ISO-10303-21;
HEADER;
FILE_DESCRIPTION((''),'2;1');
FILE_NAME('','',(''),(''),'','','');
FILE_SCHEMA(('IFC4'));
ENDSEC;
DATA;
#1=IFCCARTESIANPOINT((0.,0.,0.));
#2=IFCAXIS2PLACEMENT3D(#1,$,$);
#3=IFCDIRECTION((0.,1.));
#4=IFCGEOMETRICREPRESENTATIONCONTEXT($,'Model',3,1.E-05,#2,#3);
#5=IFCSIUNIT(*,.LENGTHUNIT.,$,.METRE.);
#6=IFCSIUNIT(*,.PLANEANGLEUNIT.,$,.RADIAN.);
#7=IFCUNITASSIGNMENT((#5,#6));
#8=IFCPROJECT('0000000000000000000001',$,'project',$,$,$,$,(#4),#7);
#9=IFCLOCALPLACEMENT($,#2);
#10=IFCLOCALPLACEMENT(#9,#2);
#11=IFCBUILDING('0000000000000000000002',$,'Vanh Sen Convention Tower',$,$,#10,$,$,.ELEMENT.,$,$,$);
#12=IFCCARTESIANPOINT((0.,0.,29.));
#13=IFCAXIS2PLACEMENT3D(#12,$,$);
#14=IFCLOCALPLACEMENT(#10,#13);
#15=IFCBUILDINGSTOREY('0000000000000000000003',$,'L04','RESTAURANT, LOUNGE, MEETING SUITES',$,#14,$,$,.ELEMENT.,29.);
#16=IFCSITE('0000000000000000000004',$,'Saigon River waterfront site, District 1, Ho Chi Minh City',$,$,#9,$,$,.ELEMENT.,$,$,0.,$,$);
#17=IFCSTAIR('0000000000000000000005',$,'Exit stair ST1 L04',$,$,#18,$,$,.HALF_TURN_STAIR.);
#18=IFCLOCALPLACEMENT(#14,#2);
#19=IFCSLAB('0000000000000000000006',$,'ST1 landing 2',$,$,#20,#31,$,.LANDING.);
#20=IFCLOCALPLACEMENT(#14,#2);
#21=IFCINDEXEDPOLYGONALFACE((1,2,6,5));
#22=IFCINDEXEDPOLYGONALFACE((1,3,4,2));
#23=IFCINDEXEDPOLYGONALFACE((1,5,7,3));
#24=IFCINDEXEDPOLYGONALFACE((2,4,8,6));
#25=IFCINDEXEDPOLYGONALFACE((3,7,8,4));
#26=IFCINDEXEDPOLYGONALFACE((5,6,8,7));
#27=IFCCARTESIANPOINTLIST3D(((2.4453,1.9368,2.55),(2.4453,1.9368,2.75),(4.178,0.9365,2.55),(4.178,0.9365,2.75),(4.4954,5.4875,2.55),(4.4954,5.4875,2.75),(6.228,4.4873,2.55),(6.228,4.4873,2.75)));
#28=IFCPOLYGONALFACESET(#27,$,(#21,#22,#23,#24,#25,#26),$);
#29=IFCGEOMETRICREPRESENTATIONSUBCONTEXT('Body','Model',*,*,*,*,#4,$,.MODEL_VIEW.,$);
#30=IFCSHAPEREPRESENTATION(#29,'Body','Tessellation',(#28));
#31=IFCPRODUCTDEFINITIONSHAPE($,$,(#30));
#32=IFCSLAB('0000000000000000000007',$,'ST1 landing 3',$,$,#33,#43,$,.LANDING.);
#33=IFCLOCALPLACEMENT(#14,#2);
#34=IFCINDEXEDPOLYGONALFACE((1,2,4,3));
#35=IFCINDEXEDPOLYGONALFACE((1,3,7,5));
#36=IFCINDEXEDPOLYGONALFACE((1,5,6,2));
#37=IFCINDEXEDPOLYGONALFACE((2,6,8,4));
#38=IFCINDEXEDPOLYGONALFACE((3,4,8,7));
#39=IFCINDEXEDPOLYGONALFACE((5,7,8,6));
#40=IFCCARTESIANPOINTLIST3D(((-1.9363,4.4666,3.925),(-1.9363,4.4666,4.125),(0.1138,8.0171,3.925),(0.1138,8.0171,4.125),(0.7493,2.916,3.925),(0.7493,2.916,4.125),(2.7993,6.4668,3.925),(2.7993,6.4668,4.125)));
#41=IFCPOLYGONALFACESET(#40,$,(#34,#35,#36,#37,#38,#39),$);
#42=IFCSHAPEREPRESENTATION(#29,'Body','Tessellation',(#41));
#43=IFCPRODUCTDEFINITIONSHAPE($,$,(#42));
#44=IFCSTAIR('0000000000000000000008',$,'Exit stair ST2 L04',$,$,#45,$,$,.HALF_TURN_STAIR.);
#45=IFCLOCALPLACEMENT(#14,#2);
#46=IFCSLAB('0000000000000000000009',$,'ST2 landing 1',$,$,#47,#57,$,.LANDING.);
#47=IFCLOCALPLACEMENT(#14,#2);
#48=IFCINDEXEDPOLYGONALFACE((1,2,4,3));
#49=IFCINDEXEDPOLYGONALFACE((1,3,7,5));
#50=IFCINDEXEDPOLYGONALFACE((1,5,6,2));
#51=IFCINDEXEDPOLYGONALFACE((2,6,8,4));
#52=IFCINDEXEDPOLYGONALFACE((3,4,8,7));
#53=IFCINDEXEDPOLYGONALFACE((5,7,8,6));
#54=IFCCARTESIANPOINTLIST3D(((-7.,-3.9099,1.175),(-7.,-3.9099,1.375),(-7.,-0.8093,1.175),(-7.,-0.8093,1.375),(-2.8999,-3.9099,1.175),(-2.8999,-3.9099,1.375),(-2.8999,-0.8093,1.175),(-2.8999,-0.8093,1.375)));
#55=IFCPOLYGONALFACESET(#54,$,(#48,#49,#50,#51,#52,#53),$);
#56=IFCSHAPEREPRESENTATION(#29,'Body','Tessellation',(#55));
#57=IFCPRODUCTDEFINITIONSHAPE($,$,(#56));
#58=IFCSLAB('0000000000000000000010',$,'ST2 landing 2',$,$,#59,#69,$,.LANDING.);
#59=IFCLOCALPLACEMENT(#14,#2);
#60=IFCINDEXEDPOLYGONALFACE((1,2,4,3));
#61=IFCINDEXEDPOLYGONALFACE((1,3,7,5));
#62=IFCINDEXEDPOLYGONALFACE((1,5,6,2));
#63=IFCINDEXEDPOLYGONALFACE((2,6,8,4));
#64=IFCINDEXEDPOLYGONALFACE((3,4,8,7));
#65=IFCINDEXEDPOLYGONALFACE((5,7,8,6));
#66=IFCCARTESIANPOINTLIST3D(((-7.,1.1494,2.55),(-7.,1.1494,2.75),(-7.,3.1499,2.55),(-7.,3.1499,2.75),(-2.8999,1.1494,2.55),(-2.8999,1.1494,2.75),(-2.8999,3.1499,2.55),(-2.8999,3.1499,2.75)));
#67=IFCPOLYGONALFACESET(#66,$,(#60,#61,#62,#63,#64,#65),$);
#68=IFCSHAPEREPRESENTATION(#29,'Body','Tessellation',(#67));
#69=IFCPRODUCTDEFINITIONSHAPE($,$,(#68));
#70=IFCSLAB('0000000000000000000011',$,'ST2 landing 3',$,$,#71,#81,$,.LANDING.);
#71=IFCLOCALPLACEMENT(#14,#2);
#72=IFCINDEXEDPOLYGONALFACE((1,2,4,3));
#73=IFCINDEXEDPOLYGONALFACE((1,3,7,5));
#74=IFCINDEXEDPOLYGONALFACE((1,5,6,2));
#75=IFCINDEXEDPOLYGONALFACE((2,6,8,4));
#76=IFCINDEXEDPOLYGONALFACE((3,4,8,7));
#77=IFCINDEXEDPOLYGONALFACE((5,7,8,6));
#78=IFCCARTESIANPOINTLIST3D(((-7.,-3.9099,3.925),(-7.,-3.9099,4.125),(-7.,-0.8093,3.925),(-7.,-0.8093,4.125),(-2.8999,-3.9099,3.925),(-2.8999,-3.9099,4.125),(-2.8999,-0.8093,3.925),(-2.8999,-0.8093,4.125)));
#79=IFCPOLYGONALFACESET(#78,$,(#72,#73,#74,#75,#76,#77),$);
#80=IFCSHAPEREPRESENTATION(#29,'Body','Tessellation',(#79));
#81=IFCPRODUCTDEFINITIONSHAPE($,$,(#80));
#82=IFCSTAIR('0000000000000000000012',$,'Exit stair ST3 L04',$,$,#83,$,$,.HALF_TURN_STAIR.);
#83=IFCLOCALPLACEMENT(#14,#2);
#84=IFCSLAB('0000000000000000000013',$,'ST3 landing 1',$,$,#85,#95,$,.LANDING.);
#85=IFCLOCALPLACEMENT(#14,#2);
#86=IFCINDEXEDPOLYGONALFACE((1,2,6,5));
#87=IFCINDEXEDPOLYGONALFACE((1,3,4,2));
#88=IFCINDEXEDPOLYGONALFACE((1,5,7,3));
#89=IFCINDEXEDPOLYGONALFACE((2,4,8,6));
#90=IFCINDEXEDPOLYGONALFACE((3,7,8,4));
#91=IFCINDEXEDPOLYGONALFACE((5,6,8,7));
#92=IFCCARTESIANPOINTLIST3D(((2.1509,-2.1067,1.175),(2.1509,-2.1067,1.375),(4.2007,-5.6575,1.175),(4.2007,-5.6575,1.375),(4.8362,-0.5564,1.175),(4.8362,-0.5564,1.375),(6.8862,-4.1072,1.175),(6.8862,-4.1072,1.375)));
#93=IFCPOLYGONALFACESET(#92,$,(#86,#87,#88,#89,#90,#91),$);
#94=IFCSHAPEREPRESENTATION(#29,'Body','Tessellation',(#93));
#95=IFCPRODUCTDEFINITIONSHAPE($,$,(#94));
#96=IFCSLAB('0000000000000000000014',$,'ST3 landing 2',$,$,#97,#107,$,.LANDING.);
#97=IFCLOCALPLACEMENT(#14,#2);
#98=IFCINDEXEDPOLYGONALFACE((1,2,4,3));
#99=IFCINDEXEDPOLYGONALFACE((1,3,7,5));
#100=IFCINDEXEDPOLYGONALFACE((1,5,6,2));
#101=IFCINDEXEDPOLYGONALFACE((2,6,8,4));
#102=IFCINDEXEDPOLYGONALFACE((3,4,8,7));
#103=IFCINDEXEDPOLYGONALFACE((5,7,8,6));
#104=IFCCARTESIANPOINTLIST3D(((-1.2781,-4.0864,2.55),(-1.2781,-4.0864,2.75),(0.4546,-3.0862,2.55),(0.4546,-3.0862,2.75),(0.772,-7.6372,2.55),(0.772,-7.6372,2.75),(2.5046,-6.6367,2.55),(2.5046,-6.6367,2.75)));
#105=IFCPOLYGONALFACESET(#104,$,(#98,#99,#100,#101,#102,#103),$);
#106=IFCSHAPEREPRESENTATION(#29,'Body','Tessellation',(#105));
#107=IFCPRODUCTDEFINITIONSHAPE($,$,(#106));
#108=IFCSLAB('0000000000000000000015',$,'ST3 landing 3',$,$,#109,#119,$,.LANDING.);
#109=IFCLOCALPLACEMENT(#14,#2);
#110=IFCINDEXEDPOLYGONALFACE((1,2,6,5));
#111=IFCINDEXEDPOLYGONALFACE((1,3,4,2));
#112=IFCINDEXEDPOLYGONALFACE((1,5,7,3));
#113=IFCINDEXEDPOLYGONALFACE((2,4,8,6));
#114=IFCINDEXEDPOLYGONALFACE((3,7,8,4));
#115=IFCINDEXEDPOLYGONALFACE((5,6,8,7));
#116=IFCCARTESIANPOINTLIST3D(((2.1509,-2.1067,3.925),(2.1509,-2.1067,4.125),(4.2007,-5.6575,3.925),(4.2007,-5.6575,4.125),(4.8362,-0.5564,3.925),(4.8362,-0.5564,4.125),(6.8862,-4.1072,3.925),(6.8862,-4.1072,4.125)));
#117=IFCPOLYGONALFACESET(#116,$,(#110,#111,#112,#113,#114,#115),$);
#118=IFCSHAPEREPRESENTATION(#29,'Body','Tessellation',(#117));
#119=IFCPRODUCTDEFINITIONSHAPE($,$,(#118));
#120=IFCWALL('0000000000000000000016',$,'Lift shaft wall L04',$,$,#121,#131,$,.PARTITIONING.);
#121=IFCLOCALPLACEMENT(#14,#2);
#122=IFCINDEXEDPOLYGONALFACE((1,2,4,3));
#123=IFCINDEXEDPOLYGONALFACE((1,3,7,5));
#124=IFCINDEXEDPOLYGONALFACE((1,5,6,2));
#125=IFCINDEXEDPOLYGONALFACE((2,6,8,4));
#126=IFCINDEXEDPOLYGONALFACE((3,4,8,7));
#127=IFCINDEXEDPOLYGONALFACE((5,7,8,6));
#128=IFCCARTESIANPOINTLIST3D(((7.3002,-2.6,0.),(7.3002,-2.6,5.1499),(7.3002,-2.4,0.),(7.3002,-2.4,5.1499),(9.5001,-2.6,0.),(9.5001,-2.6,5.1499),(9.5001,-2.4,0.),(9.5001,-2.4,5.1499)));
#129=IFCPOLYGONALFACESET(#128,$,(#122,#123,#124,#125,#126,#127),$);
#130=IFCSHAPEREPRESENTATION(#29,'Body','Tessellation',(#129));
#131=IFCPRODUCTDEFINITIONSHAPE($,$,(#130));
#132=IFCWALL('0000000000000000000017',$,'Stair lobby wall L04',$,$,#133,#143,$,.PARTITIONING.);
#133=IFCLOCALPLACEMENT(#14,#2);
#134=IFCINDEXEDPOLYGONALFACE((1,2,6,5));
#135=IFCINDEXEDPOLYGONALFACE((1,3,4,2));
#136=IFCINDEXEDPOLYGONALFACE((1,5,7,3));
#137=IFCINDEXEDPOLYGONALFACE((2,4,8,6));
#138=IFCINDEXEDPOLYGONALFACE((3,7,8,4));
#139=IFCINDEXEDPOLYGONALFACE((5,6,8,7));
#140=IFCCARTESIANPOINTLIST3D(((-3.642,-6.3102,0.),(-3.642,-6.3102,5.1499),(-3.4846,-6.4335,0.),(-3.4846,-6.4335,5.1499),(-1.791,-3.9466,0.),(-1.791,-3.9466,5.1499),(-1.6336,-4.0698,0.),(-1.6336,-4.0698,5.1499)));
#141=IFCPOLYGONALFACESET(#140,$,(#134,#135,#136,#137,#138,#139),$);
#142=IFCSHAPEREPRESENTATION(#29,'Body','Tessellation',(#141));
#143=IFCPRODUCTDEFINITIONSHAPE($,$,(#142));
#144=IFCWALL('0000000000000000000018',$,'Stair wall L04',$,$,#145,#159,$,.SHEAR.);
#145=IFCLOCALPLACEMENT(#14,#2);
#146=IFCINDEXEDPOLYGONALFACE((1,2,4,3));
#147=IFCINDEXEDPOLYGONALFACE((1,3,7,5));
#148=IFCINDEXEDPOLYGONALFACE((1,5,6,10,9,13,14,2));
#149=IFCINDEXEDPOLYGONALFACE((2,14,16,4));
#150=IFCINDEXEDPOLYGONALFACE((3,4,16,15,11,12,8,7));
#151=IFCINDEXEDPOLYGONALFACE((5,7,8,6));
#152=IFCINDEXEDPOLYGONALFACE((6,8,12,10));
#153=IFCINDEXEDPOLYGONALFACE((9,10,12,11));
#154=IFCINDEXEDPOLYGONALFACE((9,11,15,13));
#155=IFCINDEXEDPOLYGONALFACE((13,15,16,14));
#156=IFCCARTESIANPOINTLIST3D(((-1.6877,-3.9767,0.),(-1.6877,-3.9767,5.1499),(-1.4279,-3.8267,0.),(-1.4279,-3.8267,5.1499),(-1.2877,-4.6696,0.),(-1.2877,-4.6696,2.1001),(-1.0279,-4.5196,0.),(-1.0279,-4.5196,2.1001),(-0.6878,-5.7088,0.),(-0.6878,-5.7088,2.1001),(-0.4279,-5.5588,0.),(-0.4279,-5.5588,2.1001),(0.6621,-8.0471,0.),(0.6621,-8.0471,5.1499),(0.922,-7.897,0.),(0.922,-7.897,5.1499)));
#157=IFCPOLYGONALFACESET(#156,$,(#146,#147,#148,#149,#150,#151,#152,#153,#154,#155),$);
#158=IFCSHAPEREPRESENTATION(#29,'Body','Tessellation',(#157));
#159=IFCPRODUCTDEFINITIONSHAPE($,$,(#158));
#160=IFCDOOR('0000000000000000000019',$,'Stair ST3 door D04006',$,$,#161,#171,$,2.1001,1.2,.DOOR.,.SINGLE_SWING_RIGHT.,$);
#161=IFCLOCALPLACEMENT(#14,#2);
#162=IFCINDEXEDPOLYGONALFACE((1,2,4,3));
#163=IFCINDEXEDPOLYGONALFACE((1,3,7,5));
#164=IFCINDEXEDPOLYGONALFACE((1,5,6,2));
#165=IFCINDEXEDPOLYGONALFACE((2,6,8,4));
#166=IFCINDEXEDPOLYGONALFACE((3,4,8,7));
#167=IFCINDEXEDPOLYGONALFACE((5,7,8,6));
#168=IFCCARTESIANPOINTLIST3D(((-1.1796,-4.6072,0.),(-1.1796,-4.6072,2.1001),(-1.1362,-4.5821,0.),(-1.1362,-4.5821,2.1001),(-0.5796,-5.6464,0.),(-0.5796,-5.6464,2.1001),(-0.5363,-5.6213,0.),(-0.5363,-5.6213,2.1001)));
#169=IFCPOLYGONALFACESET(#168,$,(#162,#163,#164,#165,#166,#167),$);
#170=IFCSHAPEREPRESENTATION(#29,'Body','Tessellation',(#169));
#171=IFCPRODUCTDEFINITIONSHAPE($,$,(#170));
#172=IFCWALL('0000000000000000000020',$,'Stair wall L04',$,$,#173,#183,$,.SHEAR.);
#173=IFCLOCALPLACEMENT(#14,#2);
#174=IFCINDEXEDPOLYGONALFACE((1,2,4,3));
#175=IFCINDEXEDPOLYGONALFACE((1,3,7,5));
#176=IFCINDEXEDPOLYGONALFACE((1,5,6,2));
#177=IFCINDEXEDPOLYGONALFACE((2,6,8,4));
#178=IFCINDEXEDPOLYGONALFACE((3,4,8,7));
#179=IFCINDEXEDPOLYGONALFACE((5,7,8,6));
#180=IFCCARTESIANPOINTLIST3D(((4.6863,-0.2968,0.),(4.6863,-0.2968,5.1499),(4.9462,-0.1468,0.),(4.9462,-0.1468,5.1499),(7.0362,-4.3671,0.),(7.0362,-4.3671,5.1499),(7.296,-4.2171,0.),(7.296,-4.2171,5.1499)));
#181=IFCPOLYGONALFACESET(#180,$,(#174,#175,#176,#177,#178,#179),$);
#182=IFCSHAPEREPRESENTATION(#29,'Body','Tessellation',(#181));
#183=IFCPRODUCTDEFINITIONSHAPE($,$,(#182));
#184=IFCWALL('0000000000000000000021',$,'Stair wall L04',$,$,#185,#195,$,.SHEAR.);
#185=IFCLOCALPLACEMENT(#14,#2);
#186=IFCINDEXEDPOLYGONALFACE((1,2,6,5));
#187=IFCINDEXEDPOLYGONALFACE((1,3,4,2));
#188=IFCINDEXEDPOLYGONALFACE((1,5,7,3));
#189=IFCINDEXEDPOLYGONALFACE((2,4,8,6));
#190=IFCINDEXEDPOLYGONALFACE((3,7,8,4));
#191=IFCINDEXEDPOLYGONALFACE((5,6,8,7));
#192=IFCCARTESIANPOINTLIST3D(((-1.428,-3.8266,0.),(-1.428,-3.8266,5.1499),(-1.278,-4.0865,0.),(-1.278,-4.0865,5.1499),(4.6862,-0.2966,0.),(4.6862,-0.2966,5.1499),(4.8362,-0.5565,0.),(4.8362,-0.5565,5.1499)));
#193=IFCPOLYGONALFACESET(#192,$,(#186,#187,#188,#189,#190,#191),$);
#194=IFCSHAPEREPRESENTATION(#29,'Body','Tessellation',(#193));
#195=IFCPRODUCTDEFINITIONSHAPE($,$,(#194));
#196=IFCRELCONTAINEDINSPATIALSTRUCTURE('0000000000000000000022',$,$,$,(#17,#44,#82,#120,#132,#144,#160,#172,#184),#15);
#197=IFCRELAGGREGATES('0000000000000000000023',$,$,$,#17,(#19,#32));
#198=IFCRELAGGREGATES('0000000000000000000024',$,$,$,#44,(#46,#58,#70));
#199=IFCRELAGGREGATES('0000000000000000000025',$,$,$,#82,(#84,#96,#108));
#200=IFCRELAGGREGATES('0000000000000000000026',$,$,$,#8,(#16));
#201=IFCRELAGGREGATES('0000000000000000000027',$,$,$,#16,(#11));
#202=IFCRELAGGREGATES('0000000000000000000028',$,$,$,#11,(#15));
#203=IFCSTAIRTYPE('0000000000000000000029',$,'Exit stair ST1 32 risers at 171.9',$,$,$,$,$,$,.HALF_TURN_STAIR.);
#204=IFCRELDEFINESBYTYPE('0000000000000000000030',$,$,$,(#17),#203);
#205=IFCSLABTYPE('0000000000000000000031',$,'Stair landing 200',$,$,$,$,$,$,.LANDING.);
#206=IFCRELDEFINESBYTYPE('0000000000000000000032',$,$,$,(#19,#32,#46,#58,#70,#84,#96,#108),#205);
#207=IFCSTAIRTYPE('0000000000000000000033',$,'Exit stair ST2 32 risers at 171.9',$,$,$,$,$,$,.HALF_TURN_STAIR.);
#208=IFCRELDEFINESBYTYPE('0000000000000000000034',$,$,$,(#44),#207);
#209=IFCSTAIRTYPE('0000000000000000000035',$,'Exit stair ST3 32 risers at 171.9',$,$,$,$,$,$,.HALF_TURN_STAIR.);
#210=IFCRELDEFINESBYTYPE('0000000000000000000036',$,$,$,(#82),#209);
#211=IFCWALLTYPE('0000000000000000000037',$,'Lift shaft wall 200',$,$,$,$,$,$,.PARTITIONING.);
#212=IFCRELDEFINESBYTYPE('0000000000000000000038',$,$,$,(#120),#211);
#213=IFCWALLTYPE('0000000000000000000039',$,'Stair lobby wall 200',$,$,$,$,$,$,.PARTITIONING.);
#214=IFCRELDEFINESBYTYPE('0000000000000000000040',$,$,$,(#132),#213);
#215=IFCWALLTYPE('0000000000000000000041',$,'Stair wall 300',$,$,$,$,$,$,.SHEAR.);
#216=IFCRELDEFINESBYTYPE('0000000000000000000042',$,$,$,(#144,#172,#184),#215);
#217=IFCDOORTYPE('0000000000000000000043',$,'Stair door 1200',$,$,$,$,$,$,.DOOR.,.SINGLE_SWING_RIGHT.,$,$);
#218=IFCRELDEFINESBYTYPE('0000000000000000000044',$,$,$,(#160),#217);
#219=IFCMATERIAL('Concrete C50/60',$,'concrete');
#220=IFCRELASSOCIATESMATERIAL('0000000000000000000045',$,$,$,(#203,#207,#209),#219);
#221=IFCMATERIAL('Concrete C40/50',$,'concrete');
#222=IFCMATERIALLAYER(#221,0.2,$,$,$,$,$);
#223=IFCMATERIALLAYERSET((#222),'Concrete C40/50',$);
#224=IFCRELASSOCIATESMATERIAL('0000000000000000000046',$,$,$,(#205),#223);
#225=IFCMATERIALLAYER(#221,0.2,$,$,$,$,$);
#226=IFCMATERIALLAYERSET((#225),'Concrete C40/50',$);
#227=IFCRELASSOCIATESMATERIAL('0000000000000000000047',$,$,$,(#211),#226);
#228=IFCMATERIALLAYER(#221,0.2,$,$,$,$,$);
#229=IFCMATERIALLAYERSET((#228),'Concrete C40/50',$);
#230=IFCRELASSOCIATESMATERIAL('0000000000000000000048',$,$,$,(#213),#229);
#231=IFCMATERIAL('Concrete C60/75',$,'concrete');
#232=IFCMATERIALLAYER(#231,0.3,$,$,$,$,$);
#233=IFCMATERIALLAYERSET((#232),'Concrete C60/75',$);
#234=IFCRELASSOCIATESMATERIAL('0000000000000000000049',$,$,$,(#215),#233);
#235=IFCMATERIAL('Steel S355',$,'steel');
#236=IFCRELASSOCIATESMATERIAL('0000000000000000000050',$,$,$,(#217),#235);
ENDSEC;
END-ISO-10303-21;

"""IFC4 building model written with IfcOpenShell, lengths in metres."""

from ifc_helpers import new_model, si_unit, direction, frame, frame_2d, origin, place, context, subcontext, project, spatial, polyline, rectangle, outline, extrude, material, layer, layer_set, type_object, element, fill, aggregate, save


model = new_model("IFC4")

# Units and contexts
model_context = context("Model", 3, precision=1e-05, world=origin(), true_north=direction((0.0, 1.0)))
body_context = subcontext(model_context, "Body", "Model", "MODEL_VIEW")
ifc_project = project(units=[si_unit("LENGTHUNIT", "METRE"), si_unit("PLANEANGLEUNIT", "RADIAN")], contexts=[model_context])

# Site, building, storey
site_placement = place(None, origin())
site = spatial("IfcSite", under=ifc_project, at=site_placement, Name="Saigon River waterfront site, District 1, Ho Chi Minh City", CompositionType="ELEMENT", RefElevation=0.0)
building_placement = place(site_placement, origin())
building = spatial("IfcBuilding", under=site, at=building_placement, Name="Vanh Sen Convention Tower", CompositionType="ELEMENT")
storey_placement = place(building_placement, frame((0.0, 0.0, 29.0)))
storey = spatial("IfcBuildingStorey", under=building, at=storey_placement, Name="L04", Description="RESTAURANT, LOUNGE, MEETING SUITES", CompositionType="ELEMENT", Elevation=29.0)

# Shared definitions
ifc_material_1 = material(Name="Concrete C40/50", Category="concrete")

# Stairs, slabs
ifc_material_2 = material(Name="Concrete C50/60", Category="concrete")
stair_type_1 = type_object("IfcStairType", Name="Exit stair ST1 32 risers at 171.9", PredefinedType="HALF_TURN_STAIR", material=ifc_material_2)
stair_1_placement = place(storey_placement, origin())
stair_1 = element("IfcStair", 1, at=stair_1_placement, inside=storey, type_object=stair_type_1, Name="Exit stair ST1 L04", PredefinedType="HALF_TURN_STAIR")
ifc_layer_1 = layer(ifc_material_1, 0.2)
ifc_layer_set_1 = layer_set([ifc_layer_1], Name="Concrete C40/50")
slab_type_1 = type_object("IfcSlabType", Name="Stair landing 200", PredefinedType="LANDING", material=ifc_layer_set_1)
slab_1_placement = place(storey_placement, frame((0.0, 0.0, 2.55)))
slab_1 = element("IfcSlab", 2, at=slab_1_placement, type_object=slab_type_1, Name="ST1 landing 2", PredefinedType="LANDING", context=body_context, shape_type="SweptSolid", body=[
    extrude(outline(polyline([(6.228, 4.4873), (4.4954, 5.4875), (2.4453, 1.9368), (4.178, 0.9365), (6.228, 4.4873)])), origin(), (0.0, 0.0, 1.0), 0.2),
])
slab_2_placement = place(storey_placement, frame((0.0, 0.0, 3.925)))
slab_2 = element("IfcSlab", 3, at=slab_2_placement, type_object=slab_type_1, Name="ST1 landing 3", PredefinedType="LANDING", context=body_context, shape_type="SweptSolid", body=[
    extrude(outline(polyline([(2.7993, 6.4668), (0.1138, 8.0171), (-1.9363, 4.4666), (0.7493, 2.916), (2.7993, 6.4668)])), origin(), (0.0, 0.0, 1.0), 0.2),
])
aggregate(stair_1, [slab_1, slab_2])
stair_type_2 = type_object("IfcStairType", Name="Exit stair ST2 32 risers at 171.9", PredefinedType="HALF_TURN_STAIR", material=ifc_material_2)
stair_2_placement = place(storey_placement, origin())
stair_2 = element("IfcStair", 4, at=stair_2_placement, inside=storey, type_object=stair_type_2, Name="Exit stair ST2 L04", PredefinedType="HALF_TURN_STAIR")
slab_3_placement = place(storey_placement, frame((0.0, 0.0, 1.175)))
slab_3 = element("IfcSlab", 5, at=slab_3_placement, type_object=slab_type_1, Name="ST2 landing 1", PredefinedType="LANDING", context=body_context, shape_type="SweptSolid", body=[
    extrude(outline(polyline([(-7.0, -0.8093), (-7.0, -3.9099), (-2.8999, -3.9099), (-2.8999, -0.8093), (-7.0, -0.8093)])), origin(), (0.0, 0.0, 1.0), 0.2),
])
slab_4_placement = place(storey_placement, frame((0.0, 0.0, 2.55)))
slab_4 = element("IfcSlab", 6, at=slab_4_placement, type_object=slab_type_1, Name="ST2 landing 2", PredefinedType="LANDING", context=body_context, shape_type="SweptSolid", body=[
    extrude(outline(polyline([(-7.0, 3.1499), (-7.0, 1.1494), (-2.8999, 1.1494), (-2.8999, 3.1499), (-7.0, 3.1499)])), origin(), (0.0, 0.0, 1.0), 0.2),
])
slab_5_placement = place(storey_placement, frame((0.0, 0.0, 3.925)))
slab_5 = element("IfcSlab", 7, at=slab_5_placement, type_object=slab_type_1, Name="ST2 landing 3", PredefinedType="LANDING", context=body_context, shape_type="SweptSolid", body=[
    extrude(outline(polyline([(-7.0, -0.8093), (-7.0, -3.9099), (-2.8999, -3.9099), (-2.8999, -0.8093), (-7.0, -0.8093)])), origin(), (0.0, 0.0, 1.0), 0.2),
])
aggregate(stair_2, [slab_3, slab_4, slab_5])
stair_type_3 = type_object("IfcStairType", Name="Exit stair ST3 32 risers at 171.9", PredefinedType="HALF_TURN_STAIR", material=ifc_material_2)
stair_3_placement = place(storey_placement, origin())
stair_3 = element("IfcStair", 8, at=stair_3_placement, inside=storey, type_object=stair_type_3, Name="Exit stair ST3 L04", PredefinedType="HALF_TURN_STAIR")
slab_6_placement = place(storey_placement, frame((0.0, 0.0, 1.175)))
slab_6 = element("IfcSlab", 9, at=slab_6_placement, type_object=slab_type_1, Name="ST3 landing 1", PredefinedType="LANDING", context=body_context, shape_type="SweptSolid", body=[
    extrude(outline(polyline([(4.2007, -5.6575), (6.8862, -4.1072), (4.8362, -0.5564), (2.1509, -2.1067), (4.2007, -5.6575)])), origin(), (0.0, 0.0, 1.0), 0.2),
])
slab_7_placement = place(storey_placement, frame((0.0, 0.0, 2.55)))
slab_7 = element("IfcSlab", 10, at=slab_7_placement, type_object=slab_type_1, Name="ST3 landing 2", PredefinedType="LANDING", context=body_context, shape_type="SweptSolid", body=[
    extrude(outline(polyline([(0.772, -7.6372), (2.5046, -6.6367), (0.4546, -3.0862), (-1.2781, -4.0864), (0.772, -7.6372)])), origin(), (0.0, 0.0, 1.0), 0.2),
])
slab_8_placement = place(storey_placement, frame((0.0, 0.0, 3.925)))
slab_8 = element("IfcSlab", 11, at=slab_8_placement, type_object=slab_type_1, Name="ST3 landing 3", PredefinedType="LANDING", context=body_context, shape_type="SweptSolid", body=[
    extrude(outline(polyline([(4.2007, -5.6575), (6.8862, -4.1072), (4.8362, -0.5564), (2.1509, -2.1067), (4.2007, -5.6575)])), origin(), (0.0, 0.0, 1.0), 0.2),
])
aggregate(stair_3, [slab_6, slab_7, slab_8])

# Walls
ifc_layer_2 = layer(ifc_material_1, 0.2)
ifc_layer_set_2 = layer_set([ifc_layer_2], Name="Concrete C40/50")
wall_type_1 = type_object("IfcWallType", Name="Lift shaft wall 200", PredefinedType="PARTITIONING", material=ifc_layer_set_2)
wall_1_placement = place(storey_placement, frame((7.3, -2.5, 0.0), z_axis=(0.0, 0.0, 1.0), x_axis=(1.0, 0.0, 0.0)))
element("IfcWall", 12, at=wall_1_placement, inside=storey, type_object=wall_type_1, Name="Lift shaft wall L04", PredefinedType="PARTITIONING", context=body_context, shape_type="SweptSolid", body=[
    extrude(rectangle(XDim=2.2, YDim=0.2, at=frame_2d((1.1001, 0.0))), origin(), (0.0, 0.0, 1.0), 5.1499),
])
ifc_layer_3 = layer(ifc_material_1, 0.2)
ifc_layer_set_3 = layer_set([ifc_layer_3], Name="Concrete C40/50")
wall_type_2 = type_object("IfcWallType", Name="Stair lobby wall 200", PredefinedType="PARTITIONING", material=ifc_layer_set_3)
wall_2_placement = place(storey_placement, frame((-1.7124, -4.0083, 0.0), z_axis=(0.0, 0.0, 1.0), x_axis=(-0.616549, -0.787316, 0.0)))
element("IfcWall", 13, at=wall_2_placement, inside=storey, type_object=wall_type_2, Name="Stair lobby wall L04", PredefinedType="PARTITIONING", context=body_context, shape_type="SweptSolid", body=[
    extrude(rectangle(XDim=3.0022, YDim=0.2, at=frame_2d((1.501, 0.0))), origin(), (0.0, 0.0, 1.0), 5.1499),
])

# Wall, opening, door
ifc_material_3 = material(Name="Concrete C60/75", Category="concrete")
ifc_layer_4 = layer(ifc_material_3, 0.3)
ifc_layer_set_4 = layer_set([ifc_layer_4], Name="Concrete C60/75")
wall_type_3 = type_object("IfcWallType", Name="Stair wall 300", PredefinedType="SHEAR", material=ifc_layer_set_4)
wall_3_placement = place(storey_placement, frame((-1.5579, -3.9016, 0.0), z_axis=(0.0, 0.0, 1.0), x_axis=(0.499977, -0.866039, 0.0)))
wall_3 = element("IfcWall", 14, at=wall_3_placement, inside=storey, type_object=wall_type_3, Name="Stair wall L04", PredefinedType="SHEAR", context=body_context, shape_type="SweptSolid", body=[
    extrude(rectangle(XDim=4.7, YDim=0.3, at=frame_2d((2.3501, 0.0))), origin(), (0.0, 0.0, 1.0), 5.1499),
])
opening_placement = place(wall_3_placement, frame((0.8, 0.0, 0.0)))
opening = element("IfcOpeningElement", 15, at=opening_placement, cuts=wall_3, PredefinedType="OPENING", context=body_context, shape_type="SweptSolid", body=[
    extrude(rectangle(XDim=1.2, YDim=2.1001, at=frame_2d((0.6001, 1.05))), frame((0.0, 0.1599, 0.0), z_axis=(0.0, -1.0, 0.0), x_axis=(1.0, 0.0, 0.0)), (0.0, 0.0, 1.0), 0.3201),
])
ifc_material_4 = material(Name="Steel S355", Category="steel")
door_type = type_object("IfcDoorType", Name="Stair door 1200", OperationType="SINGLE_SWING_RIGHT", PredefinedType="DOOR", material=ifc_material_4)
door_placement = place(opening_placement, origin())
door = element("IfcDoor", 16, at=door_placement, inside=storey, type_object=door_type, Name="Stair ST3 door D04006", OperationType="SINGLE_SWING_RIGHT", OverallHeight=2.1001, OverallWidth=1.2, PredefinedType="DOOR", context=body_context, shape_type="SweptSolid", body=[
    extrude(rectangle(XDim=1.2, YDim=2.1001, at=frame_2d((0.6001, 1.05))), frame((0.0, 0.0249, 0.0), z_axis=(0.0, -1.0, 0.0), x_axis=(1.0, 0.0, 0.0)), (0.0, 0.0, 1.0), 0.05),
])
fill(opening, door)

# Walls
wall_4_placement = place(storey_placement, frame((4.8162, -0.2217, 0.0), z_axis=(0.0, 0.0, 1.0), x_axis=(0.499977, -0.866039, 0.0)))
element("IfcWall", 17, at=wall_4_placement, inside=storey, type_object=wall_type_3, Name="Stair wall L04", PredefinedType="SHEAR", context=body_context, shape_type="SweptSolid", body=[
    extrude(rectangle(XDim=4.7, YDim=0.3, at=frame_2d((2.3501, 0.0))), origin(), (0.0, 0.0, 1.0), 5.1499),
])
wall_5_placement = place(storey_placement, frame((-1.353, -3.9565, 0.0), z_axis=(0.0, 0.0, 1.0), x_axis=(0.866028, 0.499996, 0.0)))
element("IfcWall", 18, at=wall_5_placement, inside=storey, type_object=wall_type_3, Name="Stair wall L04", PredefinedType="SHEAR", context=body_context, shape_type="SweptSolid", body=[
    extrude(rectangle(XDim=7.0601, YDim=0.3, at=frame_2d((3.53, 0.0))), origin(), (0.0, 0.0, 1.0), 5.1499),
])

save(model, "model.ifc")
